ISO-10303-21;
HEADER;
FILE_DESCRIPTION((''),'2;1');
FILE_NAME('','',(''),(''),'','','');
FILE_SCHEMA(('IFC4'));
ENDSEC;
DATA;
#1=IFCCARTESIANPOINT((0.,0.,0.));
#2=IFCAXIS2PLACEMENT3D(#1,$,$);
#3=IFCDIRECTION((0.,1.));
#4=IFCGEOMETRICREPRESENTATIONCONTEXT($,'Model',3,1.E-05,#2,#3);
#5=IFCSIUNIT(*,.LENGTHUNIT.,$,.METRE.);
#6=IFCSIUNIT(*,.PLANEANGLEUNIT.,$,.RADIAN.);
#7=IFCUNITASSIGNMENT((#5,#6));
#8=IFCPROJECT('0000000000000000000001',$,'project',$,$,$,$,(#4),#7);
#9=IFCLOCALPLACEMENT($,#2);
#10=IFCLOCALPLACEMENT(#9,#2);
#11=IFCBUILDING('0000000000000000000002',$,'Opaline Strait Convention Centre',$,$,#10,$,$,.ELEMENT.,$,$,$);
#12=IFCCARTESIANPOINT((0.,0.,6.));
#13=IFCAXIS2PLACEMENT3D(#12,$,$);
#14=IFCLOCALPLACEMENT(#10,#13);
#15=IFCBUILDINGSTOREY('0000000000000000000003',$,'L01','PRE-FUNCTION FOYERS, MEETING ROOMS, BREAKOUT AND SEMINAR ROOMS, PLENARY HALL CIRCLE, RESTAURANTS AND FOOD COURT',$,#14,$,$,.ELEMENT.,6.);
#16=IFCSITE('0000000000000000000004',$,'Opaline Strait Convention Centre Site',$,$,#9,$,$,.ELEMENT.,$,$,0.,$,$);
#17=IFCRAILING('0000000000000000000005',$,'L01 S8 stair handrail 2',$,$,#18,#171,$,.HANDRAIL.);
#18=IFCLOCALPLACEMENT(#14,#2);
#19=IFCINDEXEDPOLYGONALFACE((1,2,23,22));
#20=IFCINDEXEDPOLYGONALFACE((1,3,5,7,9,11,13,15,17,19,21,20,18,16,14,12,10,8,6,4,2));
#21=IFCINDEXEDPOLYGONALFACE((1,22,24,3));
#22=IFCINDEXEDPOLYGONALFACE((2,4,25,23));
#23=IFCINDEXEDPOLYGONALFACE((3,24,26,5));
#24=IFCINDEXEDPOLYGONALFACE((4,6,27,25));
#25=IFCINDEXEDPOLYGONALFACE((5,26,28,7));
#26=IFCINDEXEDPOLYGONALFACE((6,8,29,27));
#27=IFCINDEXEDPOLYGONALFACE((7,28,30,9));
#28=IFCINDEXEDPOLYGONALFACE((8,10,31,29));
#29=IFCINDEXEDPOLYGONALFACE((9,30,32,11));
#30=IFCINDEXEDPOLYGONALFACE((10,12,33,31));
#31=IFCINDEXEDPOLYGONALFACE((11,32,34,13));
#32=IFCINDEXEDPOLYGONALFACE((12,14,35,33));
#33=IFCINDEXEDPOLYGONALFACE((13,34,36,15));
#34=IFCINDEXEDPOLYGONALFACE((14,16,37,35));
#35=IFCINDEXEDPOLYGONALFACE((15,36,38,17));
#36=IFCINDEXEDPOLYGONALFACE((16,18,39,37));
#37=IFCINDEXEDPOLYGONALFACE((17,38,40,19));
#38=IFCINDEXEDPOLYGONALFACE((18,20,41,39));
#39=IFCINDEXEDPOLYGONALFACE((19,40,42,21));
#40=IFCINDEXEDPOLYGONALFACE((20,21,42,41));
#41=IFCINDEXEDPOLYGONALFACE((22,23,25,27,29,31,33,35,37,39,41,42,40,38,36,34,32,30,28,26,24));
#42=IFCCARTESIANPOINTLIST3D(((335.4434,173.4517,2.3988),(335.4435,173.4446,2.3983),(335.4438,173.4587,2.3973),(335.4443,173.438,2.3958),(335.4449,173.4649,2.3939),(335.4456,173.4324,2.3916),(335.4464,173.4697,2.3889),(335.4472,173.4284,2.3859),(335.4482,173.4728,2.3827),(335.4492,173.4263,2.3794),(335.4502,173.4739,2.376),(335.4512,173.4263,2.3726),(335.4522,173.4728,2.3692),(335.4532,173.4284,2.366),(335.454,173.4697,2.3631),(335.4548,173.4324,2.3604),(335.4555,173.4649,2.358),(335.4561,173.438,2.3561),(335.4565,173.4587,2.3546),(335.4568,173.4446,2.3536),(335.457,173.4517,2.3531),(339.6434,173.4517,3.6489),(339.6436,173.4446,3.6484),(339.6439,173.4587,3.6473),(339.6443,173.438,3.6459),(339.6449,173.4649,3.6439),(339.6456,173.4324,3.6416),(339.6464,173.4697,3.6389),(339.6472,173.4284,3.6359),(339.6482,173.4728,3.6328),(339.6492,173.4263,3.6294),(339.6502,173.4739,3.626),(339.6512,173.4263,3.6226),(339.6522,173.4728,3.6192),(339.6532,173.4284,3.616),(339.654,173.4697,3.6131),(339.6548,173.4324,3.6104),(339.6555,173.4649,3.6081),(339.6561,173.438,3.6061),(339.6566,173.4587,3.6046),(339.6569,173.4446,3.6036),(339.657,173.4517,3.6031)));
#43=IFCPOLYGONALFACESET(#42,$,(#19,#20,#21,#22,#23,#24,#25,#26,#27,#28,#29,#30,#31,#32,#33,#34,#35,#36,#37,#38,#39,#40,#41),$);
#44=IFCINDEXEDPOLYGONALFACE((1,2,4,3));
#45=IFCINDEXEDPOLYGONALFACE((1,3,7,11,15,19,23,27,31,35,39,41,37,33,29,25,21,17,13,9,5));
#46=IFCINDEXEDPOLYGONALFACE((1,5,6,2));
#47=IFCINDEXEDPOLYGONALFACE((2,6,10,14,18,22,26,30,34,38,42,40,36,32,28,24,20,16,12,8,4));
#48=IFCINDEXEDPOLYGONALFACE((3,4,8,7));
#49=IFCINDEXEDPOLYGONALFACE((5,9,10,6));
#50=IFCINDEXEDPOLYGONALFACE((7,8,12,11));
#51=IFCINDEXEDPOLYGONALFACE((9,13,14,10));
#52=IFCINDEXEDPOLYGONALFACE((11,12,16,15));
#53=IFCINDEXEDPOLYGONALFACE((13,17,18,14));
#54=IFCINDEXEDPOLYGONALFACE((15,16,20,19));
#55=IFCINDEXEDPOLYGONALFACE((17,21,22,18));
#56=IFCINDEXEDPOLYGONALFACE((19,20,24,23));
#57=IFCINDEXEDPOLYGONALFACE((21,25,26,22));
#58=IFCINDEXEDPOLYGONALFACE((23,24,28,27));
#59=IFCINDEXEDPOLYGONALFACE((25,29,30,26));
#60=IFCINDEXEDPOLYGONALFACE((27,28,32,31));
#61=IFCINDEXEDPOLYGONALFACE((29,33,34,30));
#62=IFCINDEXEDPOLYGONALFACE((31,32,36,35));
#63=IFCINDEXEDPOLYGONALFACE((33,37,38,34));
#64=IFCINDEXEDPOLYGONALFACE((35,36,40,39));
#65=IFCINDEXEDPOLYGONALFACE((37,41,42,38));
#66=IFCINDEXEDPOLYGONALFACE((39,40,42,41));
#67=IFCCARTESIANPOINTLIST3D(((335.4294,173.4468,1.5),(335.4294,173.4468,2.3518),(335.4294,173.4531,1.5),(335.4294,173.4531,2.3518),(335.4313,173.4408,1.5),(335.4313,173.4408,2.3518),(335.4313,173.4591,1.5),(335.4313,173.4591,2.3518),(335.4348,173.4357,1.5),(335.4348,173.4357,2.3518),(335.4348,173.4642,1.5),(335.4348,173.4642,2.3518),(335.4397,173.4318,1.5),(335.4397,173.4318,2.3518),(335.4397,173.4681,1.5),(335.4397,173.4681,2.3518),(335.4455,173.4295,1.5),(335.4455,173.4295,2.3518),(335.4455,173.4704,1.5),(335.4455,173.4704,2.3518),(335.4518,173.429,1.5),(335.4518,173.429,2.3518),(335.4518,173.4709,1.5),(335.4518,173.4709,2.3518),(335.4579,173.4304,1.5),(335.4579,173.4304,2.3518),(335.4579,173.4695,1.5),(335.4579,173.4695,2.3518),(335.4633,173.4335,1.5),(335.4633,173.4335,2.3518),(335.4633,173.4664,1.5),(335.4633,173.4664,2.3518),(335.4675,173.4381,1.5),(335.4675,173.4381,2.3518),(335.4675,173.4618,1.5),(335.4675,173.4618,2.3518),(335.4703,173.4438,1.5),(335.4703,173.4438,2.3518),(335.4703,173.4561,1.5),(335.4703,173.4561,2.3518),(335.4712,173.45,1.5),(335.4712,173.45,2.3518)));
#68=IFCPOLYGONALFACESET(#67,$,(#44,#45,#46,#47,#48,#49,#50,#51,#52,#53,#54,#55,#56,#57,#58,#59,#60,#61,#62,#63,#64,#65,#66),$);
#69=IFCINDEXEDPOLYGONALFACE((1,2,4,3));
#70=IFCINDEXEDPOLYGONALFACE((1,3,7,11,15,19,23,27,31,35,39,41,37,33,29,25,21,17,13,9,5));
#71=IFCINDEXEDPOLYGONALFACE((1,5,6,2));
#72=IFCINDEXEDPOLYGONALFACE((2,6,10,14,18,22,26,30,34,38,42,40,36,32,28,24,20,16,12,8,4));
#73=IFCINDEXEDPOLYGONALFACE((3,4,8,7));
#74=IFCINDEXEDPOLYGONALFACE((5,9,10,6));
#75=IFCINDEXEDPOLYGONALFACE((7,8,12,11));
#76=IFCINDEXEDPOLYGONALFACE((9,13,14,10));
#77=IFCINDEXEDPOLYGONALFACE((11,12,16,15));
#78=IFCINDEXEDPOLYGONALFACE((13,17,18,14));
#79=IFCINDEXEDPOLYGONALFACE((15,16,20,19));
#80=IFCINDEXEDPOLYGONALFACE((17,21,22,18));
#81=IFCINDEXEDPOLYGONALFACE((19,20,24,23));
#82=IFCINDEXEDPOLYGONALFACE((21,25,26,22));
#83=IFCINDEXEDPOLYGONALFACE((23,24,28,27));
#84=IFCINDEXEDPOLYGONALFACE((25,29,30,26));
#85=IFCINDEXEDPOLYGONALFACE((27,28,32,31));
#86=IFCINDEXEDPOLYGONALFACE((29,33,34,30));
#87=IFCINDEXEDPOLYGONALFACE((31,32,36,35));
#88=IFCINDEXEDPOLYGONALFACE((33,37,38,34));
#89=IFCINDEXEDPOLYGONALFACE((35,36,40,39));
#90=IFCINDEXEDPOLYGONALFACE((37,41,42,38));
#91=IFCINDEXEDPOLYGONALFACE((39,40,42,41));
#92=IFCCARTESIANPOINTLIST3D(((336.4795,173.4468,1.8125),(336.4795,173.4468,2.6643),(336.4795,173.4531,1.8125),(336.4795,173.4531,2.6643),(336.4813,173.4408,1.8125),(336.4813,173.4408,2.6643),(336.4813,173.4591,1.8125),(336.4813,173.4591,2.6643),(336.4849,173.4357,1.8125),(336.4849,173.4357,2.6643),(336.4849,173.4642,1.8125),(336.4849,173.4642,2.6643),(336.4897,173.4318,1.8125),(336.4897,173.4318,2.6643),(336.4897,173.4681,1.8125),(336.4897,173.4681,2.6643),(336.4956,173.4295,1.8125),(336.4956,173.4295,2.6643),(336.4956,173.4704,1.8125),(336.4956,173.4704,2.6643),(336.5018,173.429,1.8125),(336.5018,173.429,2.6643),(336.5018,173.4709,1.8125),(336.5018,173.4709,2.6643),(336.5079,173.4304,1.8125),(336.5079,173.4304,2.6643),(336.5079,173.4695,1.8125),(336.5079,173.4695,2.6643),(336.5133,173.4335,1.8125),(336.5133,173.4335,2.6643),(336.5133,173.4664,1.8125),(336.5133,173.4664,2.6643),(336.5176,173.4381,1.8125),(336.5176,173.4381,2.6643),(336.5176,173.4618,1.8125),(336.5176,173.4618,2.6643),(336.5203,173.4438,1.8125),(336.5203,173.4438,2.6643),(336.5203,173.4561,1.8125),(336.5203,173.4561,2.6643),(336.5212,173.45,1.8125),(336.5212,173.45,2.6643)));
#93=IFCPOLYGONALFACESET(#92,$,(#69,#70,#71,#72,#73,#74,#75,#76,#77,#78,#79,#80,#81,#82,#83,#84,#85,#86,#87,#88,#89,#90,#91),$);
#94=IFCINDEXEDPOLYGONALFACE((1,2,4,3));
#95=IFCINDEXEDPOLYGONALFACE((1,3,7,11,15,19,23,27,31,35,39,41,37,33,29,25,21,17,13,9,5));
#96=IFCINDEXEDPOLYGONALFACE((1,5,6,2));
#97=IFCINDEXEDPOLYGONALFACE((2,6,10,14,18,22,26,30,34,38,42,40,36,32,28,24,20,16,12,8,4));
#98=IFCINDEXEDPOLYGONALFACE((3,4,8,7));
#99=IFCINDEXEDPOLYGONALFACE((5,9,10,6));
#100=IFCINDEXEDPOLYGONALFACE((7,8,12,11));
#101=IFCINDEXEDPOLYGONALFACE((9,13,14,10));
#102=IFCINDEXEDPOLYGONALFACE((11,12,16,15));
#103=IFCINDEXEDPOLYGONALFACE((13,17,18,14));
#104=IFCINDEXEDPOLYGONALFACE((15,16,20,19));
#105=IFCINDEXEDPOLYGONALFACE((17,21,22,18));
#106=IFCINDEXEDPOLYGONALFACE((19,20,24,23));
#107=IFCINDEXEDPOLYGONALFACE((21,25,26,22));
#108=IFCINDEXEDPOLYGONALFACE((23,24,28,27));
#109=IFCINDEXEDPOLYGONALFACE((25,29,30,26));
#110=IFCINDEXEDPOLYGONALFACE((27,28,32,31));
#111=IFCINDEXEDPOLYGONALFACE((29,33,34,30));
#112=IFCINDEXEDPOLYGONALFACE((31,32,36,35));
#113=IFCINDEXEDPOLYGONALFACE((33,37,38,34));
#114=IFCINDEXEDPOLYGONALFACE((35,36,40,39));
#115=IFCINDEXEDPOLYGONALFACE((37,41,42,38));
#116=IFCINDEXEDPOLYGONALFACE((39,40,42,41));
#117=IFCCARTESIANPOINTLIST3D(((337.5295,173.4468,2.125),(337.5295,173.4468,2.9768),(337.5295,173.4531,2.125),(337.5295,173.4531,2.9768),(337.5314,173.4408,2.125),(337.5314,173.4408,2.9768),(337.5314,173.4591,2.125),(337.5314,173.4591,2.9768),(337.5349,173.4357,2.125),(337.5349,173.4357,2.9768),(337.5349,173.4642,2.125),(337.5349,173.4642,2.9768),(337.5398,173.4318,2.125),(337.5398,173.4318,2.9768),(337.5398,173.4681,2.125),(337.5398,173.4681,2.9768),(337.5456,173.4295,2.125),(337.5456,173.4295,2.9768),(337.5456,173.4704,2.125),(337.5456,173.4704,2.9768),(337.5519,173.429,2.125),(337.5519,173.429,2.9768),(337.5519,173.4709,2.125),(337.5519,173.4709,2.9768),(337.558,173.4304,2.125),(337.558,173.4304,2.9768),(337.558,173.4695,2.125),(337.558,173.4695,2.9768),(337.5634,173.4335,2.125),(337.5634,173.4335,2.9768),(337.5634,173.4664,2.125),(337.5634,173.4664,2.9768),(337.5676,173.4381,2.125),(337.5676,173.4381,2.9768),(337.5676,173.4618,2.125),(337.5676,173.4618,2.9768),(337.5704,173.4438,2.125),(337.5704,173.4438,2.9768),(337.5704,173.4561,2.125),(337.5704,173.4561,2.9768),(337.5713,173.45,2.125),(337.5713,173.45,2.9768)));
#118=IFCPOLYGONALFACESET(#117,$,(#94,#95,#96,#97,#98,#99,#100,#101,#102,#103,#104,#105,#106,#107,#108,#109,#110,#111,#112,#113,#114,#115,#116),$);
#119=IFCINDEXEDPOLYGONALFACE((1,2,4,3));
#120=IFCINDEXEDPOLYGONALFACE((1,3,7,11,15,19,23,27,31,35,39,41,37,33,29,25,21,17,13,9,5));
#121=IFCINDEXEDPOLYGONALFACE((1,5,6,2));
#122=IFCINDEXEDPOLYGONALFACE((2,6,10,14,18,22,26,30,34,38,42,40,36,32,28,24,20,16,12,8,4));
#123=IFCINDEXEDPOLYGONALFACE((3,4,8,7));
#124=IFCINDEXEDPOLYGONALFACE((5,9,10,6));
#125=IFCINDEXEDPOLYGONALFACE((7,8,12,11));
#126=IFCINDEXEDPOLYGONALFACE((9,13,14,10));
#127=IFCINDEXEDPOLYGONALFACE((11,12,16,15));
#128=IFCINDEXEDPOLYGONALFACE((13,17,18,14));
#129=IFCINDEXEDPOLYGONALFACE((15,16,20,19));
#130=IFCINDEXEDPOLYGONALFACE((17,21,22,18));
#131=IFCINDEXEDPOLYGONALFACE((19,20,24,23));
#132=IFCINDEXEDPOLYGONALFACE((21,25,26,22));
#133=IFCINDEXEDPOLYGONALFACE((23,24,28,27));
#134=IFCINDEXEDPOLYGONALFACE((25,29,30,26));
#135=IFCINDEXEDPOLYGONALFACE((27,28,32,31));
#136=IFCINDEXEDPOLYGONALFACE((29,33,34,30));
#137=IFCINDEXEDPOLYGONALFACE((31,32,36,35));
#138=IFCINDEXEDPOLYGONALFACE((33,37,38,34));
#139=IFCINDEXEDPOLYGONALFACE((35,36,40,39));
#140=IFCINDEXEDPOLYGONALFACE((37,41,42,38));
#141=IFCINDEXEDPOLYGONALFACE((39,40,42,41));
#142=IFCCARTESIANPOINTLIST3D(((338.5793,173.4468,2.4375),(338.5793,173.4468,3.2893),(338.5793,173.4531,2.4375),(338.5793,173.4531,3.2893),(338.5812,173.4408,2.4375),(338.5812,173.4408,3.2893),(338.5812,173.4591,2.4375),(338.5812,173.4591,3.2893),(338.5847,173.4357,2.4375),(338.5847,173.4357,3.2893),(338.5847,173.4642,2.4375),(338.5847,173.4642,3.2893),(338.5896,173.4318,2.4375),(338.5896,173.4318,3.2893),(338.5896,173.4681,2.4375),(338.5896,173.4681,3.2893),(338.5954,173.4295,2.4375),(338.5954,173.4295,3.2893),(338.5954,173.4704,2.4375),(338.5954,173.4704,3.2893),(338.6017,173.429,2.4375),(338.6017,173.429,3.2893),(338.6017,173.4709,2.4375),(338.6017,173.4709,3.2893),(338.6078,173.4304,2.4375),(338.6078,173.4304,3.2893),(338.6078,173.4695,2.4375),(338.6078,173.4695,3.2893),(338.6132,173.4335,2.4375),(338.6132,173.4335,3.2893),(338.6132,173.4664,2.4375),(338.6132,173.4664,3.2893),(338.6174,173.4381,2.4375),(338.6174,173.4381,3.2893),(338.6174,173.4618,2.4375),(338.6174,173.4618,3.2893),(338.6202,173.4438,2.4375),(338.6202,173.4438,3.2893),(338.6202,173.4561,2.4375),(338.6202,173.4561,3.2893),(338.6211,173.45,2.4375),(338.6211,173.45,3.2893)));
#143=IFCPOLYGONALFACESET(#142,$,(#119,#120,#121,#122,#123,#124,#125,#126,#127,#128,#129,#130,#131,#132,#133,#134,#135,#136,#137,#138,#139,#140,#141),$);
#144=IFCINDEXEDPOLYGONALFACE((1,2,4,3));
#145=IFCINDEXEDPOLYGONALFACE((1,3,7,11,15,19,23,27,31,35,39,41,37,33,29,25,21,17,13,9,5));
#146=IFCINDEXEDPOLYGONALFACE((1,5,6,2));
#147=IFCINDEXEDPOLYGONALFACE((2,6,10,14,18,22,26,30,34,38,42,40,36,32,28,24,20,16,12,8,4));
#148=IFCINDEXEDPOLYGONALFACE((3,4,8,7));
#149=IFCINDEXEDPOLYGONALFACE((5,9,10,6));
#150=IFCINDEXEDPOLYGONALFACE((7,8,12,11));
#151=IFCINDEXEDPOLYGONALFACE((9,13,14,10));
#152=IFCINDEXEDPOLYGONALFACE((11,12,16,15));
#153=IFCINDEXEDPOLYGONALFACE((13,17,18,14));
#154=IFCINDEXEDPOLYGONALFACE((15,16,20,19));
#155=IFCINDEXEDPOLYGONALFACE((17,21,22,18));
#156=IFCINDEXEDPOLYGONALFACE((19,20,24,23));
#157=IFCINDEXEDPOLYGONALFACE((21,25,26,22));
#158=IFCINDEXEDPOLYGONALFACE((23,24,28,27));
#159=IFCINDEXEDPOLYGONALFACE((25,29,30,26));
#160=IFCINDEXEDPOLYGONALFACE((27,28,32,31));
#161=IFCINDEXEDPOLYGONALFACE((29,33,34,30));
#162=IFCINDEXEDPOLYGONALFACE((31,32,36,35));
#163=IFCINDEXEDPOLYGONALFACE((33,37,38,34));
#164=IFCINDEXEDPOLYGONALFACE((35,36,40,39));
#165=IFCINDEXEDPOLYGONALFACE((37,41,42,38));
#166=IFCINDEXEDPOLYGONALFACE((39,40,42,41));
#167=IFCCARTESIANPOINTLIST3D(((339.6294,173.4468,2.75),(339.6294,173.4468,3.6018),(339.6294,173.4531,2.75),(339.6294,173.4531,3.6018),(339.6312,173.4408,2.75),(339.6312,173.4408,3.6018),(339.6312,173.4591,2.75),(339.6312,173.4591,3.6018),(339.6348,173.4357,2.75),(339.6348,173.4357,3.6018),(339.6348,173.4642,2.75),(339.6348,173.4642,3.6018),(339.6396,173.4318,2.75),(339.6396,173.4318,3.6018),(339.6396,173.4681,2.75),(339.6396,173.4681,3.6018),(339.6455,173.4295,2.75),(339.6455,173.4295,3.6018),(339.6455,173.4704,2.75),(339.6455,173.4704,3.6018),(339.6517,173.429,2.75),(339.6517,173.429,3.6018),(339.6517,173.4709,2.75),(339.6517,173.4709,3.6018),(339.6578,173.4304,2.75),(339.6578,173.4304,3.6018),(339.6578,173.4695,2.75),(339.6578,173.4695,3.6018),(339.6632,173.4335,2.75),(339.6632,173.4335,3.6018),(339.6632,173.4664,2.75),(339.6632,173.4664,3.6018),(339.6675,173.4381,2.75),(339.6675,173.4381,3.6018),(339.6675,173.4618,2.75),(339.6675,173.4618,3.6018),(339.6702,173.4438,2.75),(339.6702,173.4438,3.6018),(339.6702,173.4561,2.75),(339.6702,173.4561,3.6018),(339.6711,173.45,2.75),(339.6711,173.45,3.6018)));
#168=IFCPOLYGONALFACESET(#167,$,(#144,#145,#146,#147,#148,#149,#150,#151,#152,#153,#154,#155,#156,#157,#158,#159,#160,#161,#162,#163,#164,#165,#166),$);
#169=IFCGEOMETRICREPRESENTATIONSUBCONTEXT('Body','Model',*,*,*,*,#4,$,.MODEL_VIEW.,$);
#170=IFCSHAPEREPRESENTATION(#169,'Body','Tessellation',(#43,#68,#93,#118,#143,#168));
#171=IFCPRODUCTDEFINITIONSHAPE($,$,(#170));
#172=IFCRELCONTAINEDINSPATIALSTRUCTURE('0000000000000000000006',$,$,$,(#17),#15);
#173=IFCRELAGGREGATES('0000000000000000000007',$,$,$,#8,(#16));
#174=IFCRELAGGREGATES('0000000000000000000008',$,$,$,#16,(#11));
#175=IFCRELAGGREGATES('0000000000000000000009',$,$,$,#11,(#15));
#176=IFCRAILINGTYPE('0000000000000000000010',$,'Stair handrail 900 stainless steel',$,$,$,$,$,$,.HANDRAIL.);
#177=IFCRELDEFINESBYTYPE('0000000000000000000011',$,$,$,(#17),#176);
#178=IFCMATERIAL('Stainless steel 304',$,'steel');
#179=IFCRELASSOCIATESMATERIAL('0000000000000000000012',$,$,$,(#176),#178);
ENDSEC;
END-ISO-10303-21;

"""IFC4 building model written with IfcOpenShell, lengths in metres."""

from ifc_helpers import new_model, si_unit, direction, frame, origin, origin_2d, place, context, subcontext, project, spatial, circle, extrude, material, type_object, element, save


model = new_model("IFC4")

# Units and contexts
model_context = context("Model", 3, precision=1e-05, world=origin(), true_north=direction((0.0, 1.0)))
body_context = subcontext(model_context, "Body", "Model", "MODEL_VIEW")
ifc_project = project(units=[si_unit("LENGTHUNIT", "METRE"), si_unit("PLANEANGLEUNIT", "RADIAN")], contexts=[model_context])

# Site, building, storey
site_placement = place(None, origin())
site = spatial("IfcSite", under=ifc_project, at=site_placement, Name="Opaline Strait Convention Centre Site", CompositionType="ELEMENT", RefElevation=0.0)
building_placement = place(site_placement, origin())
building = spatial("IfcBuilding", under=site, at=building_placement, Name="Opaline Strait Convention Centre", CompositionType="ELEMENT")
storey_placement = place(building_placement, frame((0.0, 0.0, 6.0)))
storey = spatial("IfcBuildingStorey", under=building, at=storey_placement, Name="L01", Description="PRE-FUNCTION FOYERS, MEETING ROOMS, BREAKOUT AND SEMINAR ROOMS, PLENARY HALL CIRCLE, RESTAURANTS AND FOOD COURT", CompositionType="ELEMENT", Elevation=6.0)

# Railing
ifc_material_1 = material(Name="Stainless steel 304", Category="steel")
railing_type_1 = type_object("IfcRailingType", Name="Stair handrail 900 stainless steel", PredefinedType="HANDRAIL", material=ifc_material_1)
railing_1_placement = place(storey_placement, frame((335.4502, 173.45, 1.5)))
element("IfcRailing", 1, at=railing_1_placement, inside=storey, type_object=railing_type_1, Name="L01 S8 stair handrail 2", PredefinedType="HANDRAIL", context=body_context, shape_type="SweptSolid", body=[
    extrude(circle(Radius=0.0239, at=origin_2d()), frame((0.0, 0.0, 0.876), z_axis=(0.958451, 0.0, 0.285257), x_axis=(0.0, 1.0, 0.0)), (0.0, 0.0, 1.0), 4.3821),
    extrude(circle(Radius=0.021, at=origin_2d()), origin(), (0.0, 0.0, 1.0), 0.8518),
    extrude(circle(Radius=0.021, at=origin_2d()), frame((1.05, 0.0, 0.3125)), (0.0, 0.0, 1.0), 0.8518),
    extrude(circle(Radius=0.021, at=origin_2d()), frame((2.1001, 0.0, 0.625)), (0.0, 0.0, 1.0), 0.8518),
    extrude(circle(Radius=0.021, at=origin_2d()), frame((3.1499, 0.0, 0.9375)), (0.0, 0.0, 1.0), 0.8518),
    extrude(circle(Radius=0.021, at=origin_2d()), frame((4.2, 0.0, 1.25)), (0.0, 0.0, 1.0), 0.8518),
])

save(model, "model.ifc")
